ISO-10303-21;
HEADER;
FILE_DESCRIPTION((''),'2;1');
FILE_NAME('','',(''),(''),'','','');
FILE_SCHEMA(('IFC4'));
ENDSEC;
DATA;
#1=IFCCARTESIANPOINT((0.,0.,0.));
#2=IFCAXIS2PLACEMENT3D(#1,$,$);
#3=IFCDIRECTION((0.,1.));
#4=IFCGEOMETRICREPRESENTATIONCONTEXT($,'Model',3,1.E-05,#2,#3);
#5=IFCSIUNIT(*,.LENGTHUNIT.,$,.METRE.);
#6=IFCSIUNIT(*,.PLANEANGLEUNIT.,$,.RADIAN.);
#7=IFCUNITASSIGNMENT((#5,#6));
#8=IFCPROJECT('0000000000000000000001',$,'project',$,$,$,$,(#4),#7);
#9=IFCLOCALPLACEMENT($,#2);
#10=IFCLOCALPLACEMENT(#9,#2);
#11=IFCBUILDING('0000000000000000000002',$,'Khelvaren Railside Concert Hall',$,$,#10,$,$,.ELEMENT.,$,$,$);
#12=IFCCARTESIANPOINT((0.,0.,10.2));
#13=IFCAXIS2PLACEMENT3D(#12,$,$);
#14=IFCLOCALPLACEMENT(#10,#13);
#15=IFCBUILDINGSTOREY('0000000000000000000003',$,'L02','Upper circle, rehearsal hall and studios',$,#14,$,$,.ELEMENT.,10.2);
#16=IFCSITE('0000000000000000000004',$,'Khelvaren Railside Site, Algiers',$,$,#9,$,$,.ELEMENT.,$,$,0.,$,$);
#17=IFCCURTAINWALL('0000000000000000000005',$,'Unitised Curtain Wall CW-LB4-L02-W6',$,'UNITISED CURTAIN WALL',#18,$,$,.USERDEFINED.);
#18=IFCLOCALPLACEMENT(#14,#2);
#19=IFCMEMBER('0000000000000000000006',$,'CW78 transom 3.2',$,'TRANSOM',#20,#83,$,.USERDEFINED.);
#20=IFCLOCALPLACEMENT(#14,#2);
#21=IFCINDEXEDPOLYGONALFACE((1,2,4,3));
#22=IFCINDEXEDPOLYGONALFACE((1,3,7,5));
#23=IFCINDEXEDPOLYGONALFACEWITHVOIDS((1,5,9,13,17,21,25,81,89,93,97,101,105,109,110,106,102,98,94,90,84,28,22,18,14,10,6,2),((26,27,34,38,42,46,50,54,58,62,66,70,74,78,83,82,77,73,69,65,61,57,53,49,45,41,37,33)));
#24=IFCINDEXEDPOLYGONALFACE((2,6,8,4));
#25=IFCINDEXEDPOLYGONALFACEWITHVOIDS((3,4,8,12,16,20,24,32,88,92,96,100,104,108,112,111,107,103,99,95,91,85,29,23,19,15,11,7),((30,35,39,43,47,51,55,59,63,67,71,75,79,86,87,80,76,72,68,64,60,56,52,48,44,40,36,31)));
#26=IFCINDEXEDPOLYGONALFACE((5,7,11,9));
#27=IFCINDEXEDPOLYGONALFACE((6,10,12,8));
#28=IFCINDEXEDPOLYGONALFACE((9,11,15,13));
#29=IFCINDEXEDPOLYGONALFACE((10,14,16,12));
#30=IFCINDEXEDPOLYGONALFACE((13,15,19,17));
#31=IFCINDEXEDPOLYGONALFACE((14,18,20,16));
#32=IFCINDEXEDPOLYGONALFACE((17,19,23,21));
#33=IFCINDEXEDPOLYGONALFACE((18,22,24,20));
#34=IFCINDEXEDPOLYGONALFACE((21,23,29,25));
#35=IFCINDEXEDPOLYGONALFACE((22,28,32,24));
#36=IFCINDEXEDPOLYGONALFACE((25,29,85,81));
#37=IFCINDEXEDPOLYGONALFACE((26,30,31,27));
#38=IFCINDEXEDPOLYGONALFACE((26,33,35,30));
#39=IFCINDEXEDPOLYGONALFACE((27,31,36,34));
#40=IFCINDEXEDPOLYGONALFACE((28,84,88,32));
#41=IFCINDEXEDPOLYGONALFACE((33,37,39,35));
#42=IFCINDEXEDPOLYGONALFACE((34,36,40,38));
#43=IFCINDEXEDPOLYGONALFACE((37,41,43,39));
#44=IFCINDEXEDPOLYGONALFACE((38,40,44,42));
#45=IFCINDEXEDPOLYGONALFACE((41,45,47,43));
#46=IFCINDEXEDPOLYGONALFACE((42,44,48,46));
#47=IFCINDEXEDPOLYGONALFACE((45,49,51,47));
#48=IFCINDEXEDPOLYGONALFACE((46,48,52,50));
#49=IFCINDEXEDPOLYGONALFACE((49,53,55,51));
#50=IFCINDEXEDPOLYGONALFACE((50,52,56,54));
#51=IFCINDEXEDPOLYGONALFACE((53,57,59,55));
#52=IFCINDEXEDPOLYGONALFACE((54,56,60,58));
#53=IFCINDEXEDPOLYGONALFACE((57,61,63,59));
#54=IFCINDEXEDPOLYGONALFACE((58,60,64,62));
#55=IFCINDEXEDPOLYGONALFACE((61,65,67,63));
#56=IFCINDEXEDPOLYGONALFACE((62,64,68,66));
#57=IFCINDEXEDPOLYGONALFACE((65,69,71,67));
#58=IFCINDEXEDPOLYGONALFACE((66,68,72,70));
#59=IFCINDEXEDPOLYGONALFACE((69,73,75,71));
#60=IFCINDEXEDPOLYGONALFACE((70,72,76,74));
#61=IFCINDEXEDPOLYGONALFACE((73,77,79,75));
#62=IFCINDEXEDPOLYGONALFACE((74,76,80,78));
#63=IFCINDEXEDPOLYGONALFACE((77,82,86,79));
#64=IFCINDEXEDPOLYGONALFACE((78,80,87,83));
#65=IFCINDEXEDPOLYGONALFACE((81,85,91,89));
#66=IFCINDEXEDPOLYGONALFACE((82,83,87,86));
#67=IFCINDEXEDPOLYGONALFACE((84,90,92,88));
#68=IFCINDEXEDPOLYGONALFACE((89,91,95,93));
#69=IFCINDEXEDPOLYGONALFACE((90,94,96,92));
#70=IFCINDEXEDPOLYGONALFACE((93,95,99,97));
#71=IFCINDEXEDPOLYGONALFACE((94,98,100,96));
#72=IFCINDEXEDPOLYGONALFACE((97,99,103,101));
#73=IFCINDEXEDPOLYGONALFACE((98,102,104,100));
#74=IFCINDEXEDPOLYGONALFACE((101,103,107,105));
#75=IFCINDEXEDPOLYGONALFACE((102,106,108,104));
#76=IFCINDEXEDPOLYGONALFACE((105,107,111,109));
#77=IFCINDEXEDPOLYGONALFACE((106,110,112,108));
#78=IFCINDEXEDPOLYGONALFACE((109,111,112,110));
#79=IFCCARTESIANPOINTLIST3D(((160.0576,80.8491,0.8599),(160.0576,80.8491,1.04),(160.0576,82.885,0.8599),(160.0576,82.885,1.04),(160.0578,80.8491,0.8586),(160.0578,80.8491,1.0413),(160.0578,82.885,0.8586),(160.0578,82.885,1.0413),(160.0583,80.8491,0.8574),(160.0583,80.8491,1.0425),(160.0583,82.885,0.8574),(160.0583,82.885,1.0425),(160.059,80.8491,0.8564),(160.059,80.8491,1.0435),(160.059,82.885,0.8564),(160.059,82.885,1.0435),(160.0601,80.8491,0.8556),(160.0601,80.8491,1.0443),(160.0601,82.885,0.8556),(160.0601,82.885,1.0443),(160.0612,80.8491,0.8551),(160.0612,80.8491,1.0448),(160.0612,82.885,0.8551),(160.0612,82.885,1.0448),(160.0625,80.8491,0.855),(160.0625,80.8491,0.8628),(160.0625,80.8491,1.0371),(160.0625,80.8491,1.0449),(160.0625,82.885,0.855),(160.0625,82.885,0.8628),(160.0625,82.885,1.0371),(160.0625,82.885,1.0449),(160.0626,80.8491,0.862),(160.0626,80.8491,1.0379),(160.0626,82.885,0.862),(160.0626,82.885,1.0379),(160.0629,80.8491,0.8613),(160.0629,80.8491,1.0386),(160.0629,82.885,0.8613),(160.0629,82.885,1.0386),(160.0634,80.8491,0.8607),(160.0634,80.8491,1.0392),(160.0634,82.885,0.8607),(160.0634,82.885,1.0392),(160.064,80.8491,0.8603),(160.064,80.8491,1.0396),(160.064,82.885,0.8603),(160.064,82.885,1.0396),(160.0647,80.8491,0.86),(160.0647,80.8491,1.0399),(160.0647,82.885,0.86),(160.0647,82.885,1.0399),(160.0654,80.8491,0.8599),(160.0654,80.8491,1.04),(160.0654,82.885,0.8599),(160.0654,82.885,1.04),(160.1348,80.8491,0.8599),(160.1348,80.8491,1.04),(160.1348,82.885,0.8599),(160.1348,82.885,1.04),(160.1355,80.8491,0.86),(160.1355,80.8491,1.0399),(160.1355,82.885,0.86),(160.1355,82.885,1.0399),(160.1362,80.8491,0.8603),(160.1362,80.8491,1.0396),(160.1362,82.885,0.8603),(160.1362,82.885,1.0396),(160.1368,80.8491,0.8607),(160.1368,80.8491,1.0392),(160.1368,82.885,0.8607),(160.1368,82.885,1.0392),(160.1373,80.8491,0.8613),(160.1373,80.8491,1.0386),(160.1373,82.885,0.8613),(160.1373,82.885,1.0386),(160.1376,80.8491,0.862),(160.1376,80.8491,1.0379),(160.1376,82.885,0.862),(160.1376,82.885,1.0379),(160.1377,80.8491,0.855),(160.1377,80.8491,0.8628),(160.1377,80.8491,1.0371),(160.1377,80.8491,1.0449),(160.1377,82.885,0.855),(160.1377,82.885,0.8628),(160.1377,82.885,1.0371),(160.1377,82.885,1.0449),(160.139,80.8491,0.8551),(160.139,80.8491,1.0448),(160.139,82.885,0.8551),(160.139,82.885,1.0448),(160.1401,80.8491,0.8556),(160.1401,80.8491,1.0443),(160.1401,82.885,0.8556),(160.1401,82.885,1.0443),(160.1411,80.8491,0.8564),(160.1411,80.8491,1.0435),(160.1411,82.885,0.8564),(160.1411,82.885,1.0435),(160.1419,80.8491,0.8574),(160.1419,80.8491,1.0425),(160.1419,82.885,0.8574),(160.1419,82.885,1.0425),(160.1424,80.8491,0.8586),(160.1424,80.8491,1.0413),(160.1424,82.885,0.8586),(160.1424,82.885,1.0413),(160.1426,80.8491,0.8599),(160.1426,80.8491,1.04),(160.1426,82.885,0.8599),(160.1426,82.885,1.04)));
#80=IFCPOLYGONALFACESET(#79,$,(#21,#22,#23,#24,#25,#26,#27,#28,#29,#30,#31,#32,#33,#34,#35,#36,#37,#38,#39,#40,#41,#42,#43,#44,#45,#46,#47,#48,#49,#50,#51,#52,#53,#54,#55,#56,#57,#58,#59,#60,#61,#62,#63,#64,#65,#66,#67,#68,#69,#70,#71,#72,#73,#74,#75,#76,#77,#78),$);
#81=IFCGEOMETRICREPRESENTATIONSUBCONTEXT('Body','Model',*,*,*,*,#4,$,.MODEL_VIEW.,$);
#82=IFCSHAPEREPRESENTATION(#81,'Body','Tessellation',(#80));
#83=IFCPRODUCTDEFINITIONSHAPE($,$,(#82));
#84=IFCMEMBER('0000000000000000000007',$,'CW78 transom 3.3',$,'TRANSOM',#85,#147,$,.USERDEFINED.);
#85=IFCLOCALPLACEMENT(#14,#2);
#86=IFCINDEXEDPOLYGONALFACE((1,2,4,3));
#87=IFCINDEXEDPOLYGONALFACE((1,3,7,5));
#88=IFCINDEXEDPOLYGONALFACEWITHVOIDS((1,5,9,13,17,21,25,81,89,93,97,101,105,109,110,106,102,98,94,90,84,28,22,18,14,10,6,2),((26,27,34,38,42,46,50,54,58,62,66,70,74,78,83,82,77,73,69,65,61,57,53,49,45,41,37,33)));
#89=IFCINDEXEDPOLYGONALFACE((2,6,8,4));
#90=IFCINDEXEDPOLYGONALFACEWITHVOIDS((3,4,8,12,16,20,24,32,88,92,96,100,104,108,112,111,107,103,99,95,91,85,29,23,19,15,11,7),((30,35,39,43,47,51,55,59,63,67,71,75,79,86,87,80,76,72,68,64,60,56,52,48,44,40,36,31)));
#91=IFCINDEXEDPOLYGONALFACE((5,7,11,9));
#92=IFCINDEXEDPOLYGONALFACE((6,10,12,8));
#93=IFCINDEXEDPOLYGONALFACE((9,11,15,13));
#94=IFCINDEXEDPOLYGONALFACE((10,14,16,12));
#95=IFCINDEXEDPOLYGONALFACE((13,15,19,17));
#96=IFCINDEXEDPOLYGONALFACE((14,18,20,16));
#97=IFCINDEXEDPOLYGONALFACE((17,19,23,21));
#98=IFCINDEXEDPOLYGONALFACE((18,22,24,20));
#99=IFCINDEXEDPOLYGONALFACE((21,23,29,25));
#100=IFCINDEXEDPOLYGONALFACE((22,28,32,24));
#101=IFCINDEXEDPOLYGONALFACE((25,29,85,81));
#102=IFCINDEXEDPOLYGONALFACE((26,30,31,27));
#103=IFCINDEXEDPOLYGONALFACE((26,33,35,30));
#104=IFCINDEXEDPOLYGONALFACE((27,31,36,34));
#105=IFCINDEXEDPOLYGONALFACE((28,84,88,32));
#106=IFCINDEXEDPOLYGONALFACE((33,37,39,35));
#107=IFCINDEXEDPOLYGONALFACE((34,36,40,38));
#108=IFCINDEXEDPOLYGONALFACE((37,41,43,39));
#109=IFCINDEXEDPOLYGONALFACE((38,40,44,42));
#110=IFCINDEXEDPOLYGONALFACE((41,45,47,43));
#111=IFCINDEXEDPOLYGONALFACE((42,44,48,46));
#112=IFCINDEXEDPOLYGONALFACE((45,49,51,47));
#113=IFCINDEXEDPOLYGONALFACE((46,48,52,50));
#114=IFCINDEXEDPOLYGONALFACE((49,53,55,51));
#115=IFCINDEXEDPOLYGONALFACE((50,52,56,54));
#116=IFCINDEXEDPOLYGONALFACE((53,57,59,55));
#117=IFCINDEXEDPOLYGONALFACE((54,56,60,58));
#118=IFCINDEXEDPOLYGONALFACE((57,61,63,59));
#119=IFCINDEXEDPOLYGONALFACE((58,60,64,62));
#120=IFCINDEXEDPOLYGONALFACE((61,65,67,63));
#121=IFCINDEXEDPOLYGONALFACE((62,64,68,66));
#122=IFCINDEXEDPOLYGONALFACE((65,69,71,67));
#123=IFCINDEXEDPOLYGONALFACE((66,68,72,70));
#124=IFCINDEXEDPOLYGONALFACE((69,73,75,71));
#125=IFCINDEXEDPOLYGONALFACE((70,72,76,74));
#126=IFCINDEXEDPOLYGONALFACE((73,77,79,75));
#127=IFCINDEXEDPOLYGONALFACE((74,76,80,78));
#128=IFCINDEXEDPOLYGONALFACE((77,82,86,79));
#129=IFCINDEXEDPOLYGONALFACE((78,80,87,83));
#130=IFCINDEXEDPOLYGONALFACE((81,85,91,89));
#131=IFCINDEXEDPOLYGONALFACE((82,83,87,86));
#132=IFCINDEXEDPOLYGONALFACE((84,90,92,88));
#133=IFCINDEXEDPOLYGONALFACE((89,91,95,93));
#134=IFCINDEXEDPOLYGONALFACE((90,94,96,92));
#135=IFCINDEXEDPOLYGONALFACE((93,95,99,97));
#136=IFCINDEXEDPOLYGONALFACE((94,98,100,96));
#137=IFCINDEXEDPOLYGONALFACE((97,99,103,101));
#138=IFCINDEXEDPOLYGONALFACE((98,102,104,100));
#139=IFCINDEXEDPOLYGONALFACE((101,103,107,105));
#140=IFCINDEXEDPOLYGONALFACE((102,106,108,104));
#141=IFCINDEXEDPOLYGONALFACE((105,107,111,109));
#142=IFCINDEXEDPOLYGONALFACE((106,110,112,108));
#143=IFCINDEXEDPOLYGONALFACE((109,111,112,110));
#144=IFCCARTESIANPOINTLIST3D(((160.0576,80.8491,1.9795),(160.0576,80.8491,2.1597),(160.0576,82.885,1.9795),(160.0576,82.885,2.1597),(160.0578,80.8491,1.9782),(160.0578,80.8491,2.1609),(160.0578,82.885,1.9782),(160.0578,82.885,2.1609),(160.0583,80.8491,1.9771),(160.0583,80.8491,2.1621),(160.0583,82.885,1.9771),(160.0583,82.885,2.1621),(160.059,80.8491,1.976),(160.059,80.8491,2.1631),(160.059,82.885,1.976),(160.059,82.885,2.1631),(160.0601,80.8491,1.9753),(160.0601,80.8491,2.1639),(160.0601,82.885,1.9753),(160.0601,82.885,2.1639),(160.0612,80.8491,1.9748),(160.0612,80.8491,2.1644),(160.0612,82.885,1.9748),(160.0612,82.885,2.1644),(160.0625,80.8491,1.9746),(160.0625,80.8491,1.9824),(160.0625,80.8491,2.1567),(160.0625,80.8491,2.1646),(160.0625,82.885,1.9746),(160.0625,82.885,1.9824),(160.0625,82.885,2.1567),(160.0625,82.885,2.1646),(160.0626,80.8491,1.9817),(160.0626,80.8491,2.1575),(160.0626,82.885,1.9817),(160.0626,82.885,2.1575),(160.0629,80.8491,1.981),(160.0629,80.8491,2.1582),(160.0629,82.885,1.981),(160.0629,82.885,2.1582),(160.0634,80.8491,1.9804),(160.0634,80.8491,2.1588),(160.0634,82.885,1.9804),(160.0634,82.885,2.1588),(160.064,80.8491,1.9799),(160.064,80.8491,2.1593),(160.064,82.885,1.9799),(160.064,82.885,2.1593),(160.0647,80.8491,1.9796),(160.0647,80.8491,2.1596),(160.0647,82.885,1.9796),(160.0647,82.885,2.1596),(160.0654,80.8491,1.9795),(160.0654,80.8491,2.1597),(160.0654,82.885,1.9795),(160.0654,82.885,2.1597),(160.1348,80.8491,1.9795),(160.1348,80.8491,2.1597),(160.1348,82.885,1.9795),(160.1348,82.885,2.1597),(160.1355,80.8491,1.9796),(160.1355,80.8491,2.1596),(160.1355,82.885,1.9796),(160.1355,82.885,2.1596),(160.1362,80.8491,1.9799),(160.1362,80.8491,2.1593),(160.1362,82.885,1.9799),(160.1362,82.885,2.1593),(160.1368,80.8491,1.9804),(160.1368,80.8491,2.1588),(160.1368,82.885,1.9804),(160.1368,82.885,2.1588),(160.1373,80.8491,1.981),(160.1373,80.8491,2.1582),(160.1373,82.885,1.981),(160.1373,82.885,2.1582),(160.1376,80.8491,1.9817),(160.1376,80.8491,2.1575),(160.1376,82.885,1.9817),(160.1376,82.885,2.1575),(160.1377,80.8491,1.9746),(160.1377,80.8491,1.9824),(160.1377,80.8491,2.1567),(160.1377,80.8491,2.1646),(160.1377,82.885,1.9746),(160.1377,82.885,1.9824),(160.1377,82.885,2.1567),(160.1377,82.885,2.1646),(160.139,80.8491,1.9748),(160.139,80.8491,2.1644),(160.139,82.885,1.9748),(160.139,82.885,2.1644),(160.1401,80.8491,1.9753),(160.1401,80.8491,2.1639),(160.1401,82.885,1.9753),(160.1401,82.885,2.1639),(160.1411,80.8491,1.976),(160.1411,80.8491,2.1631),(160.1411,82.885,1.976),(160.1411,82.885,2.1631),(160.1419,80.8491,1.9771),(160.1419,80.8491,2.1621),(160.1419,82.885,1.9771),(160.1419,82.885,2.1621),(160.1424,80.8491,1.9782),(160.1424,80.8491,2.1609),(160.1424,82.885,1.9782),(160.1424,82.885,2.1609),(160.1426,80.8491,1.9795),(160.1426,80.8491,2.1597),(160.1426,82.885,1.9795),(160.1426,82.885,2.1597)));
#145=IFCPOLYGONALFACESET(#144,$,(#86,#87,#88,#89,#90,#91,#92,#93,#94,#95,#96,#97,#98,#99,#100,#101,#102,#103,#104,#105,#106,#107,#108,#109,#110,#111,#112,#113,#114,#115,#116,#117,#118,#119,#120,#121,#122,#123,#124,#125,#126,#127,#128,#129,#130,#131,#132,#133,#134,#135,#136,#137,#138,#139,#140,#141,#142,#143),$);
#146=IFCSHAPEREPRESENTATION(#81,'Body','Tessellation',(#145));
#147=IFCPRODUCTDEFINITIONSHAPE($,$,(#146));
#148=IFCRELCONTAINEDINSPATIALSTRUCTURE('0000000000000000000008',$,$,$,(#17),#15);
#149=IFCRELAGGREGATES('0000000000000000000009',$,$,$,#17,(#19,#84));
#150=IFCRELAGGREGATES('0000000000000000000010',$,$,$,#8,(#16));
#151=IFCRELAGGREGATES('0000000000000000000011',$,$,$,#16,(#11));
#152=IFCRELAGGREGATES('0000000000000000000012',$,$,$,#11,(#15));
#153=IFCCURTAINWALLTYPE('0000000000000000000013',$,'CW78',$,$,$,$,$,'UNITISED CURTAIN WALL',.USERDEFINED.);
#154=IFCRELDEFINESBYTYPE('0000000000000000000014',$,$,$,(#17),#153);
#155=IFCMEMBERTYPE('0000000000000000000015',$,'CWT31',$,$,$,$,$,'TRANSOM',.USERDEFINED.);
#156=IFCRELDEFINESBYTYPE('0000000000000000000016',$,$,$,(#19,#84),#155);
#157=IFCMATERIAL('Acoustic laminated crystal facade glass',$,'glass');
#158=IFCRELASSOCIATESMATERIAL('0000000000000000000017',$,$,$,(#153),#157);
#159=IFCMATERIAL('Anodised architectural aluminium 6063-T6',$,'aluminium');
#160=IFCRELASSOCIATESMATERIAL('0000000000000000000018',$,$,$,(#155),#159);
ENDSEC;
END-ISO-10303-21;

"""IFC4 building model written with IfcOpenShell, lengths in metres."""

from ifc_helpers import new_model, si_unit, direction, frame, origin, origin_2d, place, context, subcontext, project, spatial, hollow_rectangle, extrude, material, material_profile, profile_set, type_object, element, aggregate, save


model = new_model("IFC4")

# Units and contexts
model_context = context("Model", 3, precision=1e-05, world=origin(), true_north=direction((0.0, 1.0)))
body_context = subcontext(model_context, "Body", "Model", "MODEL_VIEW")
ifc_project = project(units=[si_unit("LENGTHUNIT", "METRE"), si_unit("PLANEANGLEUNIT", "RADIAN")], contexts=[model_context])

# Site, building, storey
site_placement = place(None, origin())
site = spatial("IfcSite", under=ifc_project, at=site_placement, Name="Khelvaren Railside Site, Algiers", CompositionType="ELEMENT", RefElevation=0.0)
building_placement = place(site_placement, origin())
building = spatial("IfcBuilding", under=site, at=building_placement, Name="Khelvaren Railside Concert Hall", CompositionType="ELEMENT")
storey_placement = place(building_placement, frame((0.0, 0.0, 10.2)))
storey = spatial("IfcBuildingStorey", under=building, at=storey_placement, Name="L02", Description="Upper circle, rehearsal hall and studios", CompositionType="ELEMENT", Elevation=10.2)

# Curtain wall, members
ifc_material_1 = material(Name="Acoustic laminated crystal facade glass", Category="glass")
curtain_wall_type = type_object("IfcCurtainWallType", Name="CW78", ElementType="UNITISED CURTAIN WALL", PredefinedType="USERDEFINED", material=ifc_material_1)
curtain_wall_1_placement = place(storey_placement, origin())
curtain_wall_1 = element("IfcCurtainWall", 1, at=curtain_wall_1_placement, inside=storey, type_object=curtain_wall_type, Name="Unitised Curtain Wall CW-LB4-L02-W6", ObjectType="UNITISED CURTAIN WALL", PredefinedType="USERDEFINED")
ifc_material_2 = material(Name="Anodised architectural aluminium 6063-T6", Category="aluminium")
ifc_material_profile_1 = material_profile(ifc_material_2, hollow_rectangle(XDim=0.085, YDim=0.1899, WallThickness=0.0049, InnerFilletRadius=0.0029, OuterFilletRadius=0.0049, at=origin_2d()), Name="CWT 85x190x5")
ifc_profile_set_1 = profile_set([ifc_material_profile_1], Name="Anodised architectural aluminium 6063-T6")
member_type_1 = type_object("IfcMemberType", Name="CWT31", ElementType="TRANSOM", PredefinedType="USERDEFINED", material=ifc_profile_set_1)
member_1_placement = place(storey_placement, frame((160.1001, 80.8491, 0.95), z_axis=(0.0, 1.0, 0.0), x_axis=(-1.0, 0.0, 0.0)))
member_1 = element("IfcMember", 2, at=member_1_placement, type_object=member_type_1, Name="CW78 transom 3.2", ObjectType="TRANSOM", PredefinedType="USERDEFINED", context=body_context, shape_type="SweptSolid", body=[
    extrude(hollow_rectangle(XDim=0.085, YDim=0.1899, WallThickness=0.0049, InnerFilletRadius=0.0029, OuterFilletRadius=0.0049, at=origin_2d()), origin(), (0.0, 0.0, 1.0), 2.0359),
])
member_2_placement = place(storey_placement, frame((160.1001, 80.8491, 2.0696), z_axis=(0.0, 1.0, 0.0), x_axis=(-1.0, 0.0, 0.0)))
member_2 = element("IfcMember", 3, at=member_2_placement, type_object=member_type_1, Name="CW78 transom 3.3", ObjectType="TRANSOM", PredefinedType="USERDEFINED", context=body_context, shape_type="SweptSolid", body=[
    extrude(hollow_rectangle(XDim=0.085, YDim=0.1899, WallThickness=0.0049, InnerFilletRadius=0.0029, OuterFilletRadius=0.0049, at=origin_2d()), origin(), (0.0, 0.0, 1.0), 2.0359),
])

aggregate(curtain_wall_1, [member_1, member_2])

save(model, "model.ifc")
